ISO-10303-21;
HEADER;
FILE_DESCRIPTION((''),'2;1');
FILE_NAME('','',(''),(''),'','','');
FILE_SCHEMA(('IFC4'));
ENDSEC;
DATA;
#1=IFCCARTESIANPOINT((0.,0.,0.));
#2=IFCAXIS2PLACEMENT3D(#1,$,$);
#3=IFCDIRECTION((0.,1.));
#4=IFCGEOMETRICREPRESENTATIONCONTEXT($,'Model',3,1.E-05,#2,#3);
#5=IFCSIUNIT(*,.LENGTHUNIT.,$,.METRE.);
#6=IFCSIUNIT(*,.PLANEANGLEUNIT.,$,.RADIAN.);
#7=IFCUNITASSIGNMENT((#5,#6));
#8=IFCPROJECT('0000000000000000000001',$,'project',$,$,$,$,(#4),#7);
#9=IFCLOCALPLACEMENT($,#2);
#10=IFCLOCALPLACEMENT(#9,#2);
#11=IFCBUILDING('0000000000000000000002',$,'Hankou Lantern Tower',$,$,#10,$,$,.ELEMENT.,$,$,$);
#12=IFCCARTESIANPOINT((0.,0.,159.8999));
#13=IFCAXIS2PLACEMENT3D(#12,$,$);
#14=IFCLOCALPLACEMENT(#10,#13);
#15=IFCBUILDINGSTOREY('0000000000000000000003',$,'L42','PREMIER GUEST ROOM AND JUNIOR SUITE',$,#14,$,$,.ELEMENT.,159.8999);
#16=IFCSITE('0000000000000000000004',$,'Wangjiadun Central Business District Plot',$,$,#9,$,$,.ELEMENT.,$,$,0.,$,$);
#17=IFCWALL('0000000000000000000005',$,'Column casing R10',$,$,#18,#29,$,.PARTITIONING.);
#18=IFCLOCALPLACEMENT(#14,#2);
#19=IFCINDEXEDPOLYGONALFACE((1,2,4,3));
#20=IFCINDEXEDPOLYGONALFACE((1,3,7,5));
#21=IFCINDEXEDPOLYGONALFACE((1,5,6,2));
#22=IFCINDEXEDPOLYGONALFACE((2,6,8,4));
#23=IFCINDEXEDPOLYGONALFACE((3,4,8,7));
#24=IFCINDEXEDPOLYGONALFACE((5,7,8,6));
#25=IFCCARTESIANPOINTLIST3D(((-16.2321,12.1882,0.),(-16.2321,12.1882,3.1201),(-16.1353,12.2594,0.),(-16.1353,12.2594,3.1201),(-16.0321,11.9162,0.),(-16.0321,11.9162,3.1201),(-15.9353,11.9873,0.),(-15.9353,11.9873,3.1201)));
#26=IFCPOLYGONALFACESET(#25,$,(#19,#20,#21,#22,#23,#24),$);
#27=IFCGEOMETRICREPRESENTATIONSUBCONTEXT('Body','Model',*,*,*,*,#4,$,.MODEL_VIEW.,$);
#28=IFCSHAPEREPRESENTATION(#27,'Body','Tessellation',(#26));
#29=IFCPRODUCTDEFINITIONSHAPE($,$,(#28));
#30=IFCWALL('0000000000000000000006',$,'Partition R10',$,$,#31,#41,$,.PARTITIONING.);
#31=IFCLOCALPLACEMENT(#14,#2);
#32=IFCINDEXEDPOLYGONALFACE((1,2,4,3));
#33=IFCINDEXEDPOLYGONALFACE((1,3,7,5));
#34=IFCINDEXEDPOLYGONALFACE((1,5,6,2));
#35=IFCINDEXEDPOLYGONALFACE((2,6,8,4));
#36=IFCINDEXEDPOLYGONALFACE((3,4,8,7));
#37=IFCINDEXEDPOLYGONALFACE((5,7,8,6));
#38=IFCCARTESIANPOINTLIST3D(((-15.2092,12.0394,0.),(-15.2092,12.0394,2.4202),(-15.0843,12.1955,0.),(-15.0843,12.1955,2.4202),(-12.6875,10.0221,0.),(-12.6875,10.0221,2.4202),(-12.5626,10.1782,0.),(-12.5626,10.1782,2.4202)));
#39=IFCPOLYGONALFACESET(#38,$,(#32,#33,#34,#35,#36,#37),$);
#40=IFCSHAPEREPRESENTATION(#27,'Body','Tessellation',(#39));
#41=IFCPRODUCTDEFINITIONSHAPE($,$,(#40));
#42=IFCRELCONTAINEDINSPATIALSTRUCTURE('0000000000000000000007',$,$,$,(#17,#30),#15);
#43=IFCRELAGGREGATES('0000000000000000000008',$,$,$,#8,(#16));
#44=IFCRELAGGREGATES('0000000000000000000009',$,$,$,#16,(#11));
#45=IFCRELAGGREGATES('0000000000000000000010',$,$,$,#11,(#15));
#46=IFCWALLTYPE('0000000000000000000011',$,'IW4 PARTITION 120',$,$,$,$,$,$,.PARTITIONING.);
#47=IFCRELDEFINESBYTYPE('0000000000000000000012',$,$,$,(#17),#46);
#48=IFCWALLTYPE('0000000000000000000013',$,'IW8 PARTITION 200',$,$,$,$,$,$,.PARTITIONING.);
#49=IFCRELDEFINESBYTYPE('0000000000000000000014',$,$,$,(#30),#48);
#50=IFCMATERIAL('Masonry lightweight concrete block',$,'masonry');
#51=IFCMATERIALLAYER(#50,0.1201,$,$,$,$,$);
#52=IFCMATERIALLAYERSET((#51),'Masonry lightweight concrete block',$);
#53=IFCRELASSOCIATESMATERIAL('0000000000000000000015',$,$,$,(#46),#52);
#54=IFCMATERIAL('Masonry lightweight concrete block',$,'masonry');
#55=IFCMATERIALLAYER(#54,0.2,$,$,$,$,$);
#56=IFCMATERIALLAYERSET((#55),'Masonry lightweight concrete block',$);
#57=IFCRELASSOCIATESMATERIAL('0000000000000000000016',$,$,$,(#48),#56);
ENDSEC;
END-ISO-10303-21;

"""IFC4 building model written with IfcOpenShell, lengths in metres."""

from ifc_helpers import new_model, si_unit, direction, frame, frame_2d, origin, place, context, subcontext, project, spatial, rectangle, extrude, material, layer, layer_set, type_object, element, save


model = new_model("IFC4")

# Units and contexts
model_context = context("Model", 3, precision=1e-05, world=origin(), true_north=direction((0.0, 1.0)))
body_context = subcontext(model_context, "Body", "Model", "MODEL_VIEW")
ifc_project = project(units=[si_unit("LENGTHUNIT", "METRE"), si_unit("PLANEANGLEUNIT", "RADIAN")], contexts=[model_context])

# Site, building, storey
site_placement = place(None, origin())
site = spatial("IfcSite", under=ifc_project, at=site_placement, Name="Wangjiadun Central Business District Plot", CompositionType="ELEMENT", RefElevation=0.0)
building_placement = place(site_placement, origin())
building = spatial("IfcBuilding", under=site, at=building_placement, Name="Hankou Lantern Tower", CompositionType="ELEMENT")
storey_placement = place(building_placement, frame((0.0, 0.0, 159.8999)))
storey = spatial("IfcBuildingStorey", under=building, at=storey_placement, Name="L42", Description="PREMIER GUEST ROOM AND JUNIOR SUITE", CompositionType="ELEMENT", Elevation=159.8999)

# Walls
ifc_material_1 = material(Name="Masonry lightweight concrete block", Category="masonry")
ifc_layer_1 = layer(ifc_material_1, 0.1201)
ifc_layer_set_1 = layer_set([ifc_layer_1], Name="Masonry lightweight concrete block")
wall_type_1 = type_object("IfcWallType", Name="IW4 PARTITION 120", PredefinedType="PARTITIONING", material=ifc_layer_set_1)
wall_1_placement = place(storey_placement, frame((-15.9836, 11.9517, 0.0), z_axis=(0.0, 0.0, 1.0), x_axis=(-0.592335, 0.805692, 0.0)))
element("IfcWall", 1, at=wall_1_placement, inside=storey, type_object=wall_type_1, Name="Column casing R10", PredefinedType="PARTITIONING", context=body_context, shape_type="SweptSolid", body=[
    extrude(rectangle(XDim=0.3376, YDim=0.1201, at=frame_2d((0.1689, 0.0))), origin(), (0.0, 0.0, 1.0), 3.1201),
])
ifc_material_2 = material(Name="Masonry lightweight concrete block", Category="masonry")
ifc_layer_2 = layer(ifc_material_2, 0.2)
ifc_layer_set_2 = layer_set([ifc_layer_2], Name="Masonry lightweight concrete block")
wall_type_2 = type_object("IfcWallType", Name="IW8 PARTITION 200", PredefinedType="PARTITIONING", material=ifc_layer_set_2)
wall_2_placement = place(storey_placement, frame((-12.625, 10.1001, 0.0), z_axis=(0.0, 0.0, 1.0), x_axis=(-0.780876, 0.624686, 0.0)))
element("IfcWall", 2, at=wall_2_placement, inside=storey, type_object=wall_type_2, Name="Partition R10", PredefinedType="PARTITIONING", context=body_context, shape_type="SweptSolid", body=[
    extrude(rectangle(XDim=3.2292, YDim=0.2, at=frame_2d((1.6147, 0.0))), origin(), (0.0, 0.0, 1.0), 2.4202),
])

save(model, "model.ifc")
